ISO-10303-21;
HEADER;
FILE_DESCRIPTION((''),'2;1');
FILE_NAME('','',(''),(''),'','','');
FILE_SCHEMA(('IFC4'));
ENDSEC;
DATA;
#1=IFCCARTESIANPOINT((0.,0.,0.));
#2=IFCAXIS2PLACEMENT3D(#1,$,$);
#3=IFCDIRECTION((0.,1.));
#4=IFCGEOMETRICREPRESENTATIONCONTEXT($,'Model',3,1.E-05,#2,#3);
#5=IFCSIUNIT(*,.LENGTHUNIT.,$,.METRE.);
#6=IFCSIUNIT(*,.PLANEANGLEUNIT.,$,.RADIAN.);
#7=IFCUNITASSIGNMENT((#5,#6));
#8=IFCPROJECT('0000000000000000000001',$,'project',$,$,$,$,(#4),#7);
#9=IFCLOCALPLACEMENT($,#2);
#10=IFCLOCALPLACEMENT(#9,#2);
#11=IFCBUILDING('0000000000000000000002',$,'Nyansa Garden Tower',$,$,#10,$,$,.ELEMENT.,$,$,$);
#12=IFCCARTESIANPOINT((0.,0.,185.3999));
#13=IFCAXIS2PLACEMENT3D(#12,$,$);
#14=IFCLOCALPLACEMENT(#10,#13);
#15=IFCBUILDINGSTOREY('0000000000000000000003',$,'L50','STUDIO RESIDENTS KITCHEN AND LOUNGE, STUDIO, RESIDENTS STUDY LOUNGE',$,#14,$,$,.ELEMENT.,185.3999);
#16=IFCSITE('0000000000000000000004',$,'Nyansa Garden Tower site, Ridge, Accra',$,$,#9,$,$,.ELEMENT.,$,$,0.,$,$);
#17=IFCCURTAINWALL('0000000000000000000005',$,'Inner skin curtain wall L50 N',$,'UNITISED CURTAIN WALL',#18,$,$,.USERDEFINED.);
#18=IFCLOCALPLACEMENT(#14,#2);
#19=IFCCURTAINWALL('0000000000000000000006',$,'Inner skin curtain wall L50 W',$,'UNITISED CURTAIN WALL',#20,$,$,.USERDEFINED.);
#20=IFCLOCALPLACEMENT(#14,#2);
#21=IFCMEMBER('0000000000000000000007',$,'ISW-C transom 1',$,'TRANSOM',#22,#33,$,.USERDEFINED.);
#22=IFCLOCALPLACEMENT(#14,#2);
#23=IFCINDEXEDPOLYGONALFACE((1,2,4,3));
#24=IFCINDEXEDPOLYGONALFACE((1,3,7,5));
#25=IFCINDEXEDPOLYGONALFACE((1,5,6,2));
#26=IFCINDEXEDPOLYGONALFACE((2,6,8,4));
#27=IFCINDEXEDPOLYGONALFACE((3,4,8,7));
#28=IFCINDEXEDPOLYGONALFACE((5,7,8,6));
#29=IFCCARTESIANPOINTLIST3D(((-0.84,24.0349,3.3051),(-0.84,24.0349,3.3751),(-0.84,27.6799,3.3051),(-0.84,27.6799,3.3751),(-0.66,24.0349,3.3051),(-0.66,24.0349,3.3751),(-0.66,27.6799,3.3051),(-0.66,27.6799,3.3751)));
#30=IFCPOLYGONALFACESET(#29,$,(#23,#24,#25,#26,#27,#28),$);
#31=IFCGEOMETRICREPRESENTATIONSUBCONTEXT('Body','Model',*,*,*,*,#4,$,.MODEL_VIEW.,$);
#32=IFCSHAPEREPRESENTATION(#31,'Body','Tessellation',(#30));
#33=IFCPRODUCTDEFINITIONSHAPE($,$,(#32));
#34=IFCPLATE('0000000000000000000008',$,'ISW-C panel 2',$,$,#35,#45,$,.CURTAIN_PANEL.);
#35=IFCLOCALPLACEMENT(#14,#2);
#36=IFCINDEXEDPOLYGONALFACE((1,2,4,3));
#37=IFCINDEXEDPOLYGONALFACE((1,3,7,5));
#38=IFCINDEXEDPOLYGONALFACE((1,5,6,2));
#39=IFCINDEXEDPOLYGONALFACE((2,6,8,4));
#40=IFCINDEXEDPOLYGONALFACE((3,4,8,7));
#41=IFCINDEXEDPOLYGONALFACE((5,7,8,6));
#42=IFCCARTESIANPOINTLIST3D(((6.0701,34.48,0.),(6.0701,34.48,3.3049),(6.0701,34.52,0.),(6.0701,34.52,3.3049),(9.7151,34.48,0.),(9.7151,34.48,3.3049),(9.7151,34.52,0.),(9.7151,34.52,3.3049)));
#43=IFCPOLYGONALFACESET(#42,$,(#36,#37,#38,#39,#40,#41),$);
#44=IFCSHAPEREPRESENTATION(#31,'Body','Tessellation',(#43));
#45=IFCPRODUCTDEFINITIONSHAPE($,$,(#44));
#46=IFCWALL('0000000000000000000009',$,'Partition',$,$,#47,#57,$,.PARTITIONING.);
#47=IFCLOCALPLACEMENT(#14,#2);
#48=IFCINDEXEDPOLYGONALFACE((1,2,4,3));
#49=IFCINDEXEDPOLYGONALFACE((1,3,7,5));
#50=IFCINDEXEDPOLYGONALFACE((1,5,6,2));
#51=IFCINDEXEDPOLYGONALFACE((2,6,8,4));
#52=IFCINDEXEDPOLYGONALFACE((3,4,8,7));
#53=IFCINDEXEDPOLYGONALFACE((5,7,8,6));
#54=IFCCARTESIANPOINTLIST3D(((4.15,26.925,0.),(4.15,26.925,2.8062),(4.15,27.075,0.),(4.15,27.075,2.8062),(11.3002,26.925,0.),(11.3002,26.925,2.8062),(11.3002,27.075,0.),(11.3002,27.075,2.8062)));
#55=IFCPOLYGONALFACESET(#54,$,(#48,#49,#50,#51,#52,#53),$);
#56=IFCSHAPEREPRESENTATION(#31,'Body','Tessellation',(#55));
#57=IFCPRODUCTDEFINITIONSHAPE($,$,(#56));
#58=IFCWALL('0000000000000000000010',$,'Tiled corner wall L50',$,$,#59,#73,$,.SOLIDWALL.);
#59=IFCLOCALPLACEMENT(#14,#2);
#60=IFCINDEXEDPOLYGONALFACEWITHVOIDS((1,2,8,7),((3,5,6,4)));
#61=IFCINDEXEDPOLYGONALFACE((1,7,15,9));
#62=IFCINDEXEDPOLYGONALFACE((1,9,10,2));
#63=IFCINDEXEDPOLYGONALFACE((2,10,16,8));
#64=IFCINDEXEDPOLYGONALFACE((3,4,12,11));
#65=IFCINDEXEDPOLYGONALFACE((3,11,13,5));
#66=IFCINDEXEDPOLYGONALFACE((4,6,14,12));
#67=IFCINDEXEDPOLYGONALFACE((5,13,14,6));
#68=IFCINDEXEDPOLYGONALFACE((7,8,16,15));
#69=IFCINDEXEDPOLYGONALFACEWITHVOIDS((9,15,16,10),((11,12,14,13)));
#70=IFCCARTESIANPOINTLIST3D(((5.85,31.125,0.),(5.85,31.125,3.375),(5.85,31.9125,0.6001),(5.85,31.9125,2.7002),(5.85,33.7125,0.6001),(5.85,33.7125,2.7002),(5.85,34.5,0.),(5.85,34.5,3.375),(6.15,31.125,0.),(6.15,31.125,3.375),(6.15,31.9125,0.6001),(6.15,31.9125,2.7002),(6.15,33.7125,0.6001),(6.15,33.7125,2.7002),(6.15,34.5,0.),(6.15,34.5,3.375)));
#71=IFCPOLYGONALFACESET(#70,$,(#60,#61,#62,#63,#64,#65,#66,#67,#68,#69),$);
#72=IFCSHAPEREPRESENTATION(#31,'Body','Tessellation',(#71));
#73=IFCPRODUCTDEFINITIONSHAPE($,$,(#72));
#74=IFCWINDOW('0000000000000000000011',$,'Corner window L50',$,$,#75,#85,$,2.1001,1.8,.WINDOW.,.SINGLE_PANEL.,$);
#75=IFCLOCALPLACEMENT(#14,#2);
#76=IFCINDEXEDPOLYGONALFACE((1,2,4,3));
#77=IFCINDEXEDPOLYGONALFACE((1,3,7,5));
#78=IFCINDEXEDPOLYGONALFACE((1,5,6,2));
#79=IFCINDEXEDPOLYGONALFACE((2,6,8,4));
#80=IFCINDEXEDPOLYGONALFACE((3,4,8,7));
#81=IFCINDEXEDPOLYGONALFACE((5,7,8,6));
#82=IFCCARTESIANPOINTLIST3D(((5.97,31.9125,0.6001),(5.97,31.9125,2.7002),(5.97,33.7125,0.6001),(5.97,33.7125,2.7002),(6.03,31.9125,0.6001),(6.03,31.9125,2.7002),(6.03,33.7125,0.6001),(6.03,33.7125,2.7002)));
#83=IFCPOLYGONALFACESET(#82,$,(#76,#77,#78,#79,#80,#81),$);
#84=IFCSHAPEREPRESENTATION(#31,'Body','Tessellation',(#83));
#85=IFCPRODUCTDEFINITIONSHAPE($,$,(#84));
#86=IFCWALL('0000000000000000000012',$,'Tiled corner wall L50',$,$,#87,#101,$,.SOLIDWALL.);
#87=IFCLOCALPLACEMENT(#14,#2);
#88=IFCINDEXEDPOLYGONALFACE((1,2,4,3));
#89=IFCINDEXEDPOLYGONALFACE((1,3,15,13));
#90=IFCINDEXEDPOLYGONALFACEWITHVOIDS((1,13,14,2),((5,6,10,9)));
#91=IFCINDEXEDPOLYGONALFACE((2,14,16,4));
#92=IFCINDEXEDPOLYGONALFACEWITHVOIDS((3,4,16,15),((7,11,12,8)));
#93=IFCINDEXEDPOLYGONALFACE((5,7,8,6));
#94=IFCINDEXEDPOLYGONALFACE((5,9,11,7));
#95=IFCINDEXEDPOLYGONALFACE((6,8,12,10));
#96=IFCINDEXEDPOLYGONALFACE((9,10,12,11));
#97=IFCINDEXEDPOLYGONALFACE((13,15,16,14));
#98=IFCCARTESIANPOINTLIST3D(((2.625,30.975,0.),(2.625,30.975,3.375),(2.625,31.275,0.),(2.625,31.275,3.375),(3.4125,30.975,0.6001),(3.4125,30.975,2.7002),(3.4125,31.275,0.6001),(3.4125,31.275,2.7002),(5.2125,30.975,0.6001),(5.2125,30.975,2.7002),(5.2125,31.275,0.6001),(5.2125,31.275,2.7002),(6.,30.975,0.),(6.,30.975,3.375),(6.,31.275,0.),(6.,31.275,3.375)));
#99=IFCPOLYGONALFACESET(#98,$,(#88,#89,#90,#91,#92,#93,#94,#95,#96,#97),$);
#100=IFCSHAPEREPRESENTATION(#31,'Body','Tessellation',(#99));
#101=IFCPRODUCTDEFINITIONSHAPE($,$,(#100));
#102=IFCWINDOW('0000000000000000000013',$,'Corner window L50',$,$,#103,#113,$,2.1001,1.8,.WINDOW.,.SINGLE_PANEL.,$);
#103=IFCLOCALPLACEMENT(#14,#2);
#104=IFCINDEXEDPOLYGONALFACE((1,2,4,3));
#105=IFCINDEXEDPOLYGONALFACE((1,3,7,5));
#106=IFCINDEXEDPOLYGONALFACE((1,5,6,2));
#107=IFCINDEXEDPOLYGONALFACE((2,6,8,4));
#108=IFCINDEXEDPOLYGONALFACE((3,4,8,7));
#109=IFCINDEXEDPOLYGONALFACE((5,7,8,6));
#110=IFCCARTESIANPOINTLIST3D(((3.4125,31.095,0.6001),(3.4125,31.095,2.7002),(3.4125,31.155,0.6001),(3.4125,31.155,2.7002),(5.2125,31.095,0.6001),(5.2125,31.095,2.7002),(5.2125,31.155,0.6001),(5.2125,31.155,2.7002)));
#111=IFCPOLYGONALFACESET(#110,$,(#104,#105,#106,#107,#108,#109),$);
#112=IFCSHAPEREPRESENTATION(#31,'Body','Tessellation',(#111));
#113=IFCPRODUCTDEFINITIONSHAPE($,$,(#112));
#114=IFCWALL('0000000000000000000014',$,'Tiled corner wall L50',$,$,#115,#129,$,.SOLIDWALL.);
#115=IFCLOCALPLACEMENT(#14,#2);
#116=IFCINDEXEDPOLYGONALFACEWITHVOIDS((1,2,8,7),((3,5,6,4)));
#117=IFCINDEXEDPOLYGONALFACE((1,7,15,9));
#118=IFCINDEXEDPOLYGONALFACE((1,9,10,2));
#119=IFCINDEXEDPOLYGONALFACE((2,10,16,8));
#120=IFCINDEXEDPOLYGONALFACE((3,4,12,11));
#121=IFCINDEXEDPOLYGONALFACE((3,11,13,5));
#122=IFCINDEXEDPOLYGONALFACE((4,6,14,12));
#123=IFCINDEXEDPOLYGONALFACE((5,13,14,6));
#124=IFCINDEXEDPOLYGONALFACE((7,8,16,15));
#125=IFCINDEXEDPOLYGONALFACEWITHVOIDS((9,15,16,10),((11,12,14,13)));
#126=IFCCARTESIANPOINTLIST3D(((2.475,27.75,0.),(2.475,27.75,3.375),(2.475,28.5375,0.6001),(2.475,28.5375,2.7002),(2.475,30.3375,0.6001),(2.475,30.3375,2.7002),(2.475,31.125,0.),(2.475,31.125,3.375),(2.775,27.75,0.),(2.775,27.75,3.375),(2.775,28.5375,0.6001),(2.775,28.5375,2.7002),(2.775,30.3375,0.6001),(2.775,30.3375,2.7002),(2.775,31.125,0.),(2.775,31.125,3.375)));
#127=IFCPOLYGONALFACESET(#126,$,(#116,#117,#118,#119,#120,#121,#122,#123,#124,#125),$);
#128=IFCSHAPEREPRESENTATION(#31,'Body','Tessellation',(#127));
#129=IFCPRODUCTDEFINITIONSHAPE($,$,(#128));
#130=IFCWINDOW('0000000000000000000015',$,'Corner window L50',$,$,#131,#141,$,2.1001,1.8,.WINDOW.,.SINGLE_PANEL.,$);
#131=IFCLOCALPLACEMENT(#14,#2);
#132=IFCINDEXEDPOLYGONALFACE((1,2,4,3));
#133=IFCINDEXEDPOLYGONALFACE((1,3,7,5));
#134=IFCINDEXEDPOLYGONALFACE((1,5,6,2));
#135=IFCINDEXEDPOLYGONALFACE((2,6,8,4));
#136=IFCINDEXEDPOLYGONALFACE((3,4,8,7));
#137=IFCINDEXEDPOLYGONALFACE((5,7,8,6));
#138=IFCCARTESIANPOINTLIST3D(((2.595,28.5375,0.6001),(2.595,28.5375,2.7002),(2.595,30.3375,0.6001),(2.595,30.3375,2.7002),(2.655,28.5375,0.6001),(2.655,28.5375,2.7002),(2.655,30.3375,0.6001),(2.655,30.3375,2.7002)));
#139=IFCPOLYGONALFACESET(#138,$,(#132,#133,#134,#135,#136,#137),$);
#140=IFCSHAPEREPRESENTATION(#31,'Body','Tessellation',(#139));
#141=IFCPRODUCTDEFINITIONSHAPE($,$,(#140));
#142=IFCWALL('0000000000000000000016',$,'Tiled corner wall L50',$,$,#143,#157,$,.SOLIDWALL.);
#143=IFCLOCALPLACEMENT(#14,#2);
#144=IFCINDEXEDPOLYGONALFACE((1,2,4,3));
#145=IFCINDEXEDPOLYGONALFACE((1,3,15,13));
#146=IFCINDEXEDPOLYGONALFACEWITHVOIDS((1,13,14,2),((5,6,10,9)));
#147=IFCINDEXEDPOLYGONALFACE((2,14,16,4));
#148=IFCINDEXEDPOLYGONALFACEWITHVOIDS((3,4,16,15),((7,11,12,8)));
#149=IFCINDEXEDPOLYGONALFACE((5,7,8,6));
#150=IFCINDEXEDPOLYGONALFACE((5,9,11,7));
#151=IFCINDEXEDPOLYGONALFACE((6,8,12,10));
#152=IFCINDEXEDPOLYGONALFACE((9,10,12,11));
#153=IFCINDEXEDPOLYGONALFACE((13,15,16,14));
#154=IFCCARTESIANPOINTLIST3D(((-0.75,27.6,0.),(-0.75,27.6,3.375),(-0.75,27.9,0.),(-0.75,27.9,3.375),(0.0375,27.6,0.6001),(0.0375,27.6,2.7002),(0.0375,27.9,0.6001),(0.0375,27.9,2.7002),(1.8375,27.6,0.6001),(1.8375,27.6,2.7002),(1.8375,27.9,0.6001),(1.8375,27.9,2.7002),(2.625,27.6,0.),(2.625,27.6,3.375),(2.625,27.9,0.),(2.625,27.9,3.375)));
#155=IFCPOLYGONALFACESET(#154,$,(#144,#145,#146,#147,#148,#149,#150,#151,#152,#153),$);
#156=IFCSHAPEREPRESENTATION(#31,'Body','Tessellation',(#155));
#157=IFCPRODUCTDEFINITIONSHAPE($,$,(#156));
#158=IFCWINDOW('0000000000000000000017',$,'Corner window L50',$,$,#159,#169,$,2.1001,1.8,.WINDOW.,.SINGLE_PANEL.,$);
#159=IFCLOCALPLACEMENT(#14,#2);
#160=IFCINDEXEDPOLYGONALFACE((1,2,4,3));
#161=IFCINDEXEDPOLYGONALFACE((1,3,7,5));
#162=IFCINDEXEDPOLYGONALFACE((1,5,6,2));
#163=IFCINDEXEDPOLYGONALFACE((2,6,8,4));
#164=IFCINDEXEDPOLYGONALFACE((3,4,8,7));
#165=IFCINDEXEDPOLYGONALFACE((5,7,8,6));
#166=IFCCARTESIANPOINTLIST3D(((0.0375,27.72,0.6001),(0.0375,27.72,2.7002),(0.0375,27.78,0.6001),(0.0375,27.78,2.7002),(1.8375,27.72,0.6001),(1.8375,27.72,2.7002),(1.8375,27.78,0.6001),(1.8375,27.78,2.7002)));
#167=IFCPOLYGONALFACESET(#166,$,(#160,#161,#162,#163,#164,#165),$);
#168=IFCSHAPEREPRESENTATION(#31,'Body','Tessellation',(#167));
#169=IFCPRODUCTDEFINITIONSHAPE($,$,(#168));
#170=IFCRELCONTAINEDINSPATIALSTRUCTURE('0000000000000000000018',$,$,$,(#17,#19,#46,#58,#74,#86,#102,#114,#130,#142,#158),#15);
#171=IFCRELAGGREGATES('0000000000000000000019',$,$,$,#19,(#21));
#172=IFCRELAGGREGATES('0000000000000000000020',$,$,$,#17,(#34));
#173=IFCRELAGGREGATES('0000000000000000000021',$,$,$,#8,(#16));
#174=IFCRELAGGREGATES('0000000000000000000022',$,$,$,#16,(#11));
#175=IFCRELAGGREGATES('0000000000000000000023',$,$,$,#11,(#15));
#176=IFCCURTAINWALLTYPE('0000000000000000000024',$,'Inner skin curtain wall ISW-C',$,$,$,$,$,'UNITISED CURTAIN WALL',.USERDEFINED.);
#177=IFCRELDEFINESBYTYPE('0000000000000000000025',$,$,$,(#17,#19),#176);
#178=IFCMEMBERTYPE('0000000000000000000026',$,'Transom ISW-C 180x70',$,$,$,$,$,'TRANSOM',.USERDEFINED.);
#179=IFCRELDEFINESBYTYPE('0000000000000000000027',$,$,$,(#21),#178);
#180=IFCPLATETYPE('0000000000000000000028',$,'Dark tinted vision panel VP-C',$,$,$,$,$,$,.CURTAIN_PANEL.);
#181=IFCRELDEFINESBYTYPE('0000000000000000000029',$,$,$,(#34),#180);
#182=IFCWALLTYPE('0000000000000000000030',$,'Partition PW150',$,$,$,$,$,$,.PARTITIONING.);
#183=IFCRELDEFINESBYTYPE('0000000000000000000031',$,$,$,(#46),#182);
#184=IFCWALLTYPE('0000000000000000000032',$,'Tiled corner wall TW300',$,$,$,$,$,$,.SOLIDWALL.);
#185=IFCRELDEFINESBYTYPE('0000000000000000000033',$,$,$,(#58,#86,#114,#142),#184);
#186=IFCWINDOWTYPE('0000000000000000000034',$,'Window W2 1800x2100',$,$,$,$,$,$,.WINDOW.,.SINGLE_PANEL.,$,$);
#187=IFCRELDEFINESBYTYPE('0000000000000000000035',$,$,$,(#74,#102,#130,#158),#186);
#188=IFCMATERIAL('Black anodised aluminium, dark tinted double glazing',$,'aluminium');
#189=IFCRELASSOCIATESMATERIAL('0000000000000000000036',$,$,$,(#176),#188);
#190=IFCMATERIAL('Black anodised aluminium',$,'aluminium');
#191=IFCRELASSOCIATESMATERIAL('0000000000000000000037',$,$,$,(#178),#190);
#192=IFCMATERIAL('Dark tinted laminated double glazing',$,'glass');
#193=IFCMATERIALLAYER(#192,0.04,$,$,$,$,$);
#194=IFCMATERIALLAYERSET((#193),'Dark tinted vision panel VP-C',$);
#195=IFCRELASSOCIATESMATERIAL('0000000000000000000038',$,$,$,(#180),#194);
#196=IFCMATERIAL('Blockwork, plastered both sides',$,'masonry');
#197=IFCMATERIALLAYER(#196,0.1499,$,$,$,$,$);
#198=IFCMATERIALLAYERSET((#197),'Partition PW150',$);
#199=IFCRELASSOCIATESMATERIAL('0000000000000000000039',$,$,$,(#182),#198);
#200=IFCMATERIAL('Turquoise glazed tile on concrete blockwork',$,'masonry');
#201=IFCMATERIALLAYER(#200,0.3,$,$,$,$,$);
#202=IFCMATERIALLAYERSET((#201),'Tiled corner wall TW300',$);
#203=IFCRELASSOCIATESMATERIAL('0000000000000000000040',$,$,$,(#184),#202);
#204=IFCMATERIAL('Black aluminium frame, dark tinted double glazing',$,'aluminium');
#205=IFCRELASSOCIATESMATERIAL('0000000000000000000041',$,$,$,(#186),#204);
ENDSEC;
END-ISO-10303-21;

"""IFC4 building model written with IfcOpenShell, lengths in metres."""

from ifc_helpers import new_model, si_unit, direction, frame, frame_2d, origin, origin_2d, place, context, subcontext, project, spatial, rectangle, extrude, material, layer, layer_set, material_profile, profile_set, type_object, element, fill, aggregate, save


model = new_model("IFC4")

# Units and contexts
model_context = context("Model", 3, precision=1e-05, world=origin(), true_north=direction((0.0, 1.0)))
body_context = subcontext(model_context, "Body", "Model", "MODEL_VIEW")
ifc_project = project(units=[si_unit("LENGTHUNIT", "METRE"), si_unit("PLANEANGLEUNIT", "RADIAN")], contexts=[model_context])

# Site, building, storey
site_placement = place(None, origin())
site = spatial("IfcSite", under=ifc_project, at=site_placement, Name="Nyansa Garden Tower site, Ridge, Accra", CompositionType="ELEMENT", RefElevation=0.0)
building_placement = place(site_placement, origin())
building = spatial("IfcBuilding", under=site, at=building_placement, Name="Nyansa Garden Tower", CompositionType="ELEMENT")
storey_placement = place(building_placement, frame((0.0, 0.0, 185.3999)))
storey = spatial("IfcBuildingStorey", under=building, at=storey_placement, Name="L50", Description="STUDIO RESIDENTS KITCHEN AND LOUNGE, STUDIO, RESIDENTS STUDY LOUNGE", CompositionType="ELEMENT", Elevation=185.3999)

# Curtain walls
ifc_material_1 = material(Name="Black anodised aluminium, dark tinted double glazing", Category="aluminium")
curtain_wall_type = type_object("IfcCurtainWallType", Name="Inner skin curtain wall ISW-C", ElementType="UNITISED CURTAIN WALL", PredefinedType="USERDEFINED", material=ifc_material_1)
curtain_wall_1_placement = place(storey_placement, origin())
curtain_wall_1 = element("IfcCurtainWall", 1, at=curtain_wall_1_placement, inside=storey, type_object=curtain_wall_type, Name="Inner skin curtain wall L50 N", ObjectType="UNITISED CURTAIN WALL", PredefinedType="USERDEFINED")
curtain_wall_2_placement = place(storey_placement, origin())
curtain_wall_2 = element("IfcCurtainWall", 2, at=curtain_wall_2_placement, inside=storey, type_object=curtain_wall_type, Name="Inner skin curtain wall L50 W", ObjectType="UNITISED CURTAIN WALL", PredefinedType="USERDEFINED")

# Member
ifc_material_2 = material(Name="Black anodised aluminium", Category="aluminium")
ifc_material_profile_1 = material_profile(ifc_material_2, rectangle(XDim=0.1799, YDim=0.0701, at=origin_2d()), Name="Transom 180x70")
ifc_profile_set_1 = profile_set([ifc_material_profile_1], Name="Black anodised aluminium")
member_type_1 = type_object("IfcMemberType", Name="Transom ISW-C 180x70", ElementType="TRANSOM", PredefinedType="USERDEFINED", material=ifc_profile_set_1)
member_1_placement = place(storey_placement, frame((-0.75, 27.6799, 3.3401), z_axis=(0.0, -1.0, 0.0), x_axis=(1.0, 0.0, 0.0)))
member_1 = element("IfcMember", 3, at=member_1_placement, type_object=member_type_1, Name="ISW-C transom 1", ObjectType="TRANSOM", PredefinedType="USERDEFINED", context=body_context, shape_type="SweptSolid", body=[
    extrude(rectangle(XDim=0.1799, YDim=0.0701, at=origin_2d()), origin(), (0.0, 0.0, 1.0), 3.645),
])
aggregate(curtain_wall_2, [member_1])

# Plate
ifc_material_3 = material(Name="Dark tinted laminated double glazing", Category="glass")
ifc_layer_1 = layer(ifc_material_3, 0.04)
ifc_layer_set_1 = layer_set([ifc_layer_1], Name="Dark tinted vision panel VP-C")
plate_type = type_object("IfcPlateType", Name="Dark tinted vision panel VP-C", PredefinedType="CURTAIN_PANEL", material=ifc_layer_set_1)
plate_placement = place(storey_placement, frame((7.8926, 34.5, 0.0), z_axis=(0.0, 0.0, 1.0), x_axis=(-1.0, 0.0, 0.0)))
plate = element("IfcPlate", 4, at=plate_placement, type_object=plate_type, Name="ISW-C panel 2", PredefinedType="CURTAIN_PANEL", context=body_context, shape_type="SweptSolid", body=[
    extrude(rectangle(XDim=3.645, YDim=0.04, at=origin_2d()), origin(), (0.0, 0.0, 1.0), 3.3049),
])
aggregate(curtain_wall_1, [plate])

# Wall
ifc_material_4 = material(Name="Blockwork, plastered both sides", Category="masonry")
ifc_layer_2 = layer(ifc_material_4, 0.1499)
ifc_layer_set_2 = layer_set([ifc_layer_2], Name="Partition PW150")
wall_type_1 = type_object("IfcWallType", Name="Partition PW150", PredefinedType="PARTITIONING", material=ifc_layer_set_2)
wall_1_placement = place(storey_placement, frame((4.1499, 27.0, 0.0), z_axis=(0.0, 0.0, 1.0), x_axis=(1.0, 0.0, 0.0)))
element("IfcWall", 5, at=wall_1_placement, inside=storey, type_object=wall_type_1, Name="Partition", PredefinedType="PARTITIONING", context=body_context, shape_type="SweptSolid", body=[
    extrude(rectangle(XDim=7.1501, YDim=0.1499, at=frame_2d((3.5752, 0.0))), origin(), (0.0, 0.0, 1.0), 2.8062),
])

# Walls, openings, windows
ifc_material_5 = material(Name="Turquoise glazed tile on concrete blockwork", Category="masonry")
ifc_layer_3 = layer(ifc_material_5, 0.3)
ifc_layer_set_3 = layer_set([ifc_layer_3], Name="Tiled corner wall TW300")
wall_type_2 = type_object("IfcWallType", Name="Tiled corner wall TW300", PredefinedType="SOLIDWALL", material=ifc_layer_set_3)
wall_2_placement = place(storey_placement, frame((6.0, 34.5, 0.0), z_axis=(0.0, 0.0, 1.0), x_axis=(0.0, -1.0, 0.0)))
wall_2 = element("IfcWall", 6, at=wall_2_placement, inside=storey, type_object=wall_type_2, Name="Tiled corner wall L50", PredefinedType="SOLIDWALL", context=body_context, shape_type="SweptSolid", body=[
    extrude(rectangle(XDim=3.375, YDim=0.3, at=frame_2d((1.6875, 0.0))), origin(), (0.0, 0.0, 1.0), 3.375),
])
opening_1_placement = place(wall_2_placement, frame((0.7876, 0.0, 0.6001)))
opening_1 = element("IfcOpeningElement", 7, at=opening_1_placement, cuts=wall_2, PredefinedType="OPENING", context=body_context, shape_type="SweptSolid", body=[
    extrude(rectangle(XDim=1.8, YDim=2.1001, at=frame_2d((0.8999, 1.05))), frame((0.0, 0.1599, 0.0), z_axis=(0.0, -1.0, 0.0), x_axis=(1.0, 0.0, 0.0)), (0.0, 0.0, 1.0), 0.3201),
])
ifc_material_6 = material(Name="Black aluminium frame, dark tinted double glazing", Category="aluminium")
window_type = type_object("IfcWindowType", Name="Window W2 1800x2100", PartitioningType="SINGLE_PANEL", PredefinedType="WINDOW", material=ifc_material_6)
window_1_placement = place(opening_1_placement, origin())
window_1 = element("IfcWindow", 8, at=window_1_placement, inside=storey, type_object=window_type, Name="Corner window L50", OverallHeight=2.1001, OverallWidth=1.8, PartitioningType="SINGLE_PANEL", PredefinedType="WINDOW", context=body_context, shape_type="SweptSolid", body=[
    extrude(rectangle(XDim=1.8, YDim=2.1001, at=frame_2d((0.8999, 1.05))), frame((0.0, 0.03, 0.0), z_axis=(0.0, -1.0, 0.0), x_axis=(1.0, 0.0, 0.0)), (0.0, 0.0, 1.0), 0.0601),
])
fill(opening_1, window_1)
wall_3_placement = place(storey_placement, frame((6.0, 31.125, 0.0), z_axis=(0.0, 0.0, 1.0), x_axis=(-1.0, 0.0, 0.0)))
wall_3 = element("IfcWall", 9, at=wall_3_placement, inside=storey, type_object=wall_type_2, Name="Tiled corner wall L50", PredefinedType="SOLIDWALL", context=body_context, shape_type="SweptSolid", body=[
    extrude(rectangle(XDim=3.375, YDim=0.3, at=frame_2d((1.6875, 0.0))), origin(), (0.0, 0.0, 1.0), 3.375),
])
opening_2_placement = place(wall_3_placement, frame((0.7876, 0.0, 0.6001)))
opening_2 = element("IfcOpeningElement", 10, at=opening_2_placement, cuts=wall_3, PredefinedType="OPENING", context=body_context, shape_type="SweptSolid", body=[
    extrude(rectangle(XDim=1.8, YDim=2.1001, at=frame_2d((0.8999, 1.05))), frame((0.0, 0.1599, 0.0), z_axis=(0.0, -1.0, 0.0), x_axis=(1.0, 0.0, 0.0)), (0.0, 0.0, 1.0), 0.3201),
])
window_2_placement = place(opening_2_placement, origin())
window_2 = element("IfcWindow", 11, at=window_2_placement, inside=storey, type_object=window_type, Name="Corner window L50", OverallHeight=2.1001, OverallWidth=1.8, PartitioningType="SINGLE_PANEL", PredefinedType="WINDOW", context=body_context, shape_type="SweptSolid", body=[
    extrude(rectangle(XDim=1.8, YDim=2.1001, at=frame_2d((0.8999, 1.05))), frame((0.0, 0.03, 0.0), z_axis=(0.0, -1.0, 0.0), x_axis=(1.0, 0.0, 0.0)), (0.0, 0.0, 1.0), 0.0601),
])
fill(opening_2, window_2)
wall_4_placement = place(storey_placement, frame((2.625, 31.125, 0.0), z_axis=(0.0, 0.0, 1.0), x_axis=(0.0, -1.0, 0.0)))
wall_4 = element("IfcWall", 12, at=wall_4_placement, inside=storey, type_object=wall_type_2, Name="Tiled corner wall L50", PredefinedType="SOLIDWALL", context=body_context, shape_type="SweptSolid", body=[
    extrude(rectangle(XDim=3.375, YDim=0.3, at=frame_2d((1.6875, 0.0))), origin(), (0.0, 0.0, 1.0), 3.375),
])
opening_3_placement = place(wall_4_placement, frame((0.7876, 0.0, 0.6001)))
opening_3 = element("IfcOpeningElement", 13, at=opening_3_placement, cuts=wall_4, PredefinedType="OPENING", context=body_context, shape_type="SweptSolid", body=[
    extrude(rectangle(XDim=1.8, YDim=2.1001, at=frame_2d((0.8999, 1.05))), frame((0.0, 0.1599, 0.0), z_axis=(0.0, -1.0, 0.0), x_axis=(1.0, 0.0, 0.0)), (0.0, 0.0, 1.0), 0.3201),
])
window_3_placement = place(opening_3_placement, origin())
window_3 = element("IfcWindow", 14, at=window_3_placement, inside=storey, type_object=window_type, Name="Corner window L50", OverallHeight=2.1001, OverallWidth=1.8, PartitioningType="SINGLE_PANEL", PredefinedType="WINDOW", context=body_context, shape_type="SweptSolid", body=[
    extrude(rectangle(XDim=1.8, YDim=2.1001, at=frame_2d((0.8999, 1.05))), frame((0.0, 0.03, 0.0), z_axis=(0.0, -1.0, 0.0), x_axis=(1.0, 0.0, 0.0)), (0.0, 0.0, 1.0), 0.0601),
])
fill(opening_3, window_3)
wall_5_placement = place(storey_placement, frame((2.625, 27.75, 0.0), z_axis=(0.0, 0.0, 1.0), x_axis=(-1.0, 0.0, 0.0)))
wall_5 = element("IfcWall", 15, at=wall_5_placement, inside=storey, type_object=wall_type_2, Name="Tiled corner wall L50", PredefinedType="SOLIDWALL", context=body_context, shape_type="SweptSolid", body=[
    extrude(rectangle(XDim=3.375, YDim=0.3, at=frame_2d((1.6875, 0.0))), origin(), (0.0, 0.0, 1.0), 3.375),
])
opening_4_placement = place(wall_5_placement, frame((0.7876, 0.0, 0.6001)))
opening_4 = element("IfcOpeningElement", 16, at=opening_4_placement, cuts=wall_5, PredefinedType="OPENING", context=body_context, shape_type="SweptSolid", body=[
    extrude(rectangle(XDim=1.8, YDim=2.1001, at=frame_2d((0.8999, 1.05))), frame((0.0, 0.1599, 0.0), z_axis=(0.0, -1.0, 0.0), x_axis=(1.0, 0.0, 0.0)), (0.0, 0.0, 1.0), 0.3201),
])
window_4_placement = place(opening_4_placement, origin())
window_4 = element("IfcWindow", 17, at=window_4_placement, inside=storey, type_object=window_type, Name="Corner window L50", OverallHeight=2.1001, OverallWidth=1.8, PartitioningType="SINGLE_PANEL", PredefinedType="WINDOW", context=body_context, shape_type="SweptSolid", body=[
    extrude(rectangle(XDim=1.8, YDim=2.1001, at=frame_2d((0.8999, 1.05))), frame((0.0, 0.03, 0.0), z_axis=(0.0, -1.0, 0.0), x_axis=(1.0, 0.0, 0.0)), (0.0, 0.0, 1.0), 0.0601),
])
fill(opening_4, window_4)

save(model, "model.ifc")
